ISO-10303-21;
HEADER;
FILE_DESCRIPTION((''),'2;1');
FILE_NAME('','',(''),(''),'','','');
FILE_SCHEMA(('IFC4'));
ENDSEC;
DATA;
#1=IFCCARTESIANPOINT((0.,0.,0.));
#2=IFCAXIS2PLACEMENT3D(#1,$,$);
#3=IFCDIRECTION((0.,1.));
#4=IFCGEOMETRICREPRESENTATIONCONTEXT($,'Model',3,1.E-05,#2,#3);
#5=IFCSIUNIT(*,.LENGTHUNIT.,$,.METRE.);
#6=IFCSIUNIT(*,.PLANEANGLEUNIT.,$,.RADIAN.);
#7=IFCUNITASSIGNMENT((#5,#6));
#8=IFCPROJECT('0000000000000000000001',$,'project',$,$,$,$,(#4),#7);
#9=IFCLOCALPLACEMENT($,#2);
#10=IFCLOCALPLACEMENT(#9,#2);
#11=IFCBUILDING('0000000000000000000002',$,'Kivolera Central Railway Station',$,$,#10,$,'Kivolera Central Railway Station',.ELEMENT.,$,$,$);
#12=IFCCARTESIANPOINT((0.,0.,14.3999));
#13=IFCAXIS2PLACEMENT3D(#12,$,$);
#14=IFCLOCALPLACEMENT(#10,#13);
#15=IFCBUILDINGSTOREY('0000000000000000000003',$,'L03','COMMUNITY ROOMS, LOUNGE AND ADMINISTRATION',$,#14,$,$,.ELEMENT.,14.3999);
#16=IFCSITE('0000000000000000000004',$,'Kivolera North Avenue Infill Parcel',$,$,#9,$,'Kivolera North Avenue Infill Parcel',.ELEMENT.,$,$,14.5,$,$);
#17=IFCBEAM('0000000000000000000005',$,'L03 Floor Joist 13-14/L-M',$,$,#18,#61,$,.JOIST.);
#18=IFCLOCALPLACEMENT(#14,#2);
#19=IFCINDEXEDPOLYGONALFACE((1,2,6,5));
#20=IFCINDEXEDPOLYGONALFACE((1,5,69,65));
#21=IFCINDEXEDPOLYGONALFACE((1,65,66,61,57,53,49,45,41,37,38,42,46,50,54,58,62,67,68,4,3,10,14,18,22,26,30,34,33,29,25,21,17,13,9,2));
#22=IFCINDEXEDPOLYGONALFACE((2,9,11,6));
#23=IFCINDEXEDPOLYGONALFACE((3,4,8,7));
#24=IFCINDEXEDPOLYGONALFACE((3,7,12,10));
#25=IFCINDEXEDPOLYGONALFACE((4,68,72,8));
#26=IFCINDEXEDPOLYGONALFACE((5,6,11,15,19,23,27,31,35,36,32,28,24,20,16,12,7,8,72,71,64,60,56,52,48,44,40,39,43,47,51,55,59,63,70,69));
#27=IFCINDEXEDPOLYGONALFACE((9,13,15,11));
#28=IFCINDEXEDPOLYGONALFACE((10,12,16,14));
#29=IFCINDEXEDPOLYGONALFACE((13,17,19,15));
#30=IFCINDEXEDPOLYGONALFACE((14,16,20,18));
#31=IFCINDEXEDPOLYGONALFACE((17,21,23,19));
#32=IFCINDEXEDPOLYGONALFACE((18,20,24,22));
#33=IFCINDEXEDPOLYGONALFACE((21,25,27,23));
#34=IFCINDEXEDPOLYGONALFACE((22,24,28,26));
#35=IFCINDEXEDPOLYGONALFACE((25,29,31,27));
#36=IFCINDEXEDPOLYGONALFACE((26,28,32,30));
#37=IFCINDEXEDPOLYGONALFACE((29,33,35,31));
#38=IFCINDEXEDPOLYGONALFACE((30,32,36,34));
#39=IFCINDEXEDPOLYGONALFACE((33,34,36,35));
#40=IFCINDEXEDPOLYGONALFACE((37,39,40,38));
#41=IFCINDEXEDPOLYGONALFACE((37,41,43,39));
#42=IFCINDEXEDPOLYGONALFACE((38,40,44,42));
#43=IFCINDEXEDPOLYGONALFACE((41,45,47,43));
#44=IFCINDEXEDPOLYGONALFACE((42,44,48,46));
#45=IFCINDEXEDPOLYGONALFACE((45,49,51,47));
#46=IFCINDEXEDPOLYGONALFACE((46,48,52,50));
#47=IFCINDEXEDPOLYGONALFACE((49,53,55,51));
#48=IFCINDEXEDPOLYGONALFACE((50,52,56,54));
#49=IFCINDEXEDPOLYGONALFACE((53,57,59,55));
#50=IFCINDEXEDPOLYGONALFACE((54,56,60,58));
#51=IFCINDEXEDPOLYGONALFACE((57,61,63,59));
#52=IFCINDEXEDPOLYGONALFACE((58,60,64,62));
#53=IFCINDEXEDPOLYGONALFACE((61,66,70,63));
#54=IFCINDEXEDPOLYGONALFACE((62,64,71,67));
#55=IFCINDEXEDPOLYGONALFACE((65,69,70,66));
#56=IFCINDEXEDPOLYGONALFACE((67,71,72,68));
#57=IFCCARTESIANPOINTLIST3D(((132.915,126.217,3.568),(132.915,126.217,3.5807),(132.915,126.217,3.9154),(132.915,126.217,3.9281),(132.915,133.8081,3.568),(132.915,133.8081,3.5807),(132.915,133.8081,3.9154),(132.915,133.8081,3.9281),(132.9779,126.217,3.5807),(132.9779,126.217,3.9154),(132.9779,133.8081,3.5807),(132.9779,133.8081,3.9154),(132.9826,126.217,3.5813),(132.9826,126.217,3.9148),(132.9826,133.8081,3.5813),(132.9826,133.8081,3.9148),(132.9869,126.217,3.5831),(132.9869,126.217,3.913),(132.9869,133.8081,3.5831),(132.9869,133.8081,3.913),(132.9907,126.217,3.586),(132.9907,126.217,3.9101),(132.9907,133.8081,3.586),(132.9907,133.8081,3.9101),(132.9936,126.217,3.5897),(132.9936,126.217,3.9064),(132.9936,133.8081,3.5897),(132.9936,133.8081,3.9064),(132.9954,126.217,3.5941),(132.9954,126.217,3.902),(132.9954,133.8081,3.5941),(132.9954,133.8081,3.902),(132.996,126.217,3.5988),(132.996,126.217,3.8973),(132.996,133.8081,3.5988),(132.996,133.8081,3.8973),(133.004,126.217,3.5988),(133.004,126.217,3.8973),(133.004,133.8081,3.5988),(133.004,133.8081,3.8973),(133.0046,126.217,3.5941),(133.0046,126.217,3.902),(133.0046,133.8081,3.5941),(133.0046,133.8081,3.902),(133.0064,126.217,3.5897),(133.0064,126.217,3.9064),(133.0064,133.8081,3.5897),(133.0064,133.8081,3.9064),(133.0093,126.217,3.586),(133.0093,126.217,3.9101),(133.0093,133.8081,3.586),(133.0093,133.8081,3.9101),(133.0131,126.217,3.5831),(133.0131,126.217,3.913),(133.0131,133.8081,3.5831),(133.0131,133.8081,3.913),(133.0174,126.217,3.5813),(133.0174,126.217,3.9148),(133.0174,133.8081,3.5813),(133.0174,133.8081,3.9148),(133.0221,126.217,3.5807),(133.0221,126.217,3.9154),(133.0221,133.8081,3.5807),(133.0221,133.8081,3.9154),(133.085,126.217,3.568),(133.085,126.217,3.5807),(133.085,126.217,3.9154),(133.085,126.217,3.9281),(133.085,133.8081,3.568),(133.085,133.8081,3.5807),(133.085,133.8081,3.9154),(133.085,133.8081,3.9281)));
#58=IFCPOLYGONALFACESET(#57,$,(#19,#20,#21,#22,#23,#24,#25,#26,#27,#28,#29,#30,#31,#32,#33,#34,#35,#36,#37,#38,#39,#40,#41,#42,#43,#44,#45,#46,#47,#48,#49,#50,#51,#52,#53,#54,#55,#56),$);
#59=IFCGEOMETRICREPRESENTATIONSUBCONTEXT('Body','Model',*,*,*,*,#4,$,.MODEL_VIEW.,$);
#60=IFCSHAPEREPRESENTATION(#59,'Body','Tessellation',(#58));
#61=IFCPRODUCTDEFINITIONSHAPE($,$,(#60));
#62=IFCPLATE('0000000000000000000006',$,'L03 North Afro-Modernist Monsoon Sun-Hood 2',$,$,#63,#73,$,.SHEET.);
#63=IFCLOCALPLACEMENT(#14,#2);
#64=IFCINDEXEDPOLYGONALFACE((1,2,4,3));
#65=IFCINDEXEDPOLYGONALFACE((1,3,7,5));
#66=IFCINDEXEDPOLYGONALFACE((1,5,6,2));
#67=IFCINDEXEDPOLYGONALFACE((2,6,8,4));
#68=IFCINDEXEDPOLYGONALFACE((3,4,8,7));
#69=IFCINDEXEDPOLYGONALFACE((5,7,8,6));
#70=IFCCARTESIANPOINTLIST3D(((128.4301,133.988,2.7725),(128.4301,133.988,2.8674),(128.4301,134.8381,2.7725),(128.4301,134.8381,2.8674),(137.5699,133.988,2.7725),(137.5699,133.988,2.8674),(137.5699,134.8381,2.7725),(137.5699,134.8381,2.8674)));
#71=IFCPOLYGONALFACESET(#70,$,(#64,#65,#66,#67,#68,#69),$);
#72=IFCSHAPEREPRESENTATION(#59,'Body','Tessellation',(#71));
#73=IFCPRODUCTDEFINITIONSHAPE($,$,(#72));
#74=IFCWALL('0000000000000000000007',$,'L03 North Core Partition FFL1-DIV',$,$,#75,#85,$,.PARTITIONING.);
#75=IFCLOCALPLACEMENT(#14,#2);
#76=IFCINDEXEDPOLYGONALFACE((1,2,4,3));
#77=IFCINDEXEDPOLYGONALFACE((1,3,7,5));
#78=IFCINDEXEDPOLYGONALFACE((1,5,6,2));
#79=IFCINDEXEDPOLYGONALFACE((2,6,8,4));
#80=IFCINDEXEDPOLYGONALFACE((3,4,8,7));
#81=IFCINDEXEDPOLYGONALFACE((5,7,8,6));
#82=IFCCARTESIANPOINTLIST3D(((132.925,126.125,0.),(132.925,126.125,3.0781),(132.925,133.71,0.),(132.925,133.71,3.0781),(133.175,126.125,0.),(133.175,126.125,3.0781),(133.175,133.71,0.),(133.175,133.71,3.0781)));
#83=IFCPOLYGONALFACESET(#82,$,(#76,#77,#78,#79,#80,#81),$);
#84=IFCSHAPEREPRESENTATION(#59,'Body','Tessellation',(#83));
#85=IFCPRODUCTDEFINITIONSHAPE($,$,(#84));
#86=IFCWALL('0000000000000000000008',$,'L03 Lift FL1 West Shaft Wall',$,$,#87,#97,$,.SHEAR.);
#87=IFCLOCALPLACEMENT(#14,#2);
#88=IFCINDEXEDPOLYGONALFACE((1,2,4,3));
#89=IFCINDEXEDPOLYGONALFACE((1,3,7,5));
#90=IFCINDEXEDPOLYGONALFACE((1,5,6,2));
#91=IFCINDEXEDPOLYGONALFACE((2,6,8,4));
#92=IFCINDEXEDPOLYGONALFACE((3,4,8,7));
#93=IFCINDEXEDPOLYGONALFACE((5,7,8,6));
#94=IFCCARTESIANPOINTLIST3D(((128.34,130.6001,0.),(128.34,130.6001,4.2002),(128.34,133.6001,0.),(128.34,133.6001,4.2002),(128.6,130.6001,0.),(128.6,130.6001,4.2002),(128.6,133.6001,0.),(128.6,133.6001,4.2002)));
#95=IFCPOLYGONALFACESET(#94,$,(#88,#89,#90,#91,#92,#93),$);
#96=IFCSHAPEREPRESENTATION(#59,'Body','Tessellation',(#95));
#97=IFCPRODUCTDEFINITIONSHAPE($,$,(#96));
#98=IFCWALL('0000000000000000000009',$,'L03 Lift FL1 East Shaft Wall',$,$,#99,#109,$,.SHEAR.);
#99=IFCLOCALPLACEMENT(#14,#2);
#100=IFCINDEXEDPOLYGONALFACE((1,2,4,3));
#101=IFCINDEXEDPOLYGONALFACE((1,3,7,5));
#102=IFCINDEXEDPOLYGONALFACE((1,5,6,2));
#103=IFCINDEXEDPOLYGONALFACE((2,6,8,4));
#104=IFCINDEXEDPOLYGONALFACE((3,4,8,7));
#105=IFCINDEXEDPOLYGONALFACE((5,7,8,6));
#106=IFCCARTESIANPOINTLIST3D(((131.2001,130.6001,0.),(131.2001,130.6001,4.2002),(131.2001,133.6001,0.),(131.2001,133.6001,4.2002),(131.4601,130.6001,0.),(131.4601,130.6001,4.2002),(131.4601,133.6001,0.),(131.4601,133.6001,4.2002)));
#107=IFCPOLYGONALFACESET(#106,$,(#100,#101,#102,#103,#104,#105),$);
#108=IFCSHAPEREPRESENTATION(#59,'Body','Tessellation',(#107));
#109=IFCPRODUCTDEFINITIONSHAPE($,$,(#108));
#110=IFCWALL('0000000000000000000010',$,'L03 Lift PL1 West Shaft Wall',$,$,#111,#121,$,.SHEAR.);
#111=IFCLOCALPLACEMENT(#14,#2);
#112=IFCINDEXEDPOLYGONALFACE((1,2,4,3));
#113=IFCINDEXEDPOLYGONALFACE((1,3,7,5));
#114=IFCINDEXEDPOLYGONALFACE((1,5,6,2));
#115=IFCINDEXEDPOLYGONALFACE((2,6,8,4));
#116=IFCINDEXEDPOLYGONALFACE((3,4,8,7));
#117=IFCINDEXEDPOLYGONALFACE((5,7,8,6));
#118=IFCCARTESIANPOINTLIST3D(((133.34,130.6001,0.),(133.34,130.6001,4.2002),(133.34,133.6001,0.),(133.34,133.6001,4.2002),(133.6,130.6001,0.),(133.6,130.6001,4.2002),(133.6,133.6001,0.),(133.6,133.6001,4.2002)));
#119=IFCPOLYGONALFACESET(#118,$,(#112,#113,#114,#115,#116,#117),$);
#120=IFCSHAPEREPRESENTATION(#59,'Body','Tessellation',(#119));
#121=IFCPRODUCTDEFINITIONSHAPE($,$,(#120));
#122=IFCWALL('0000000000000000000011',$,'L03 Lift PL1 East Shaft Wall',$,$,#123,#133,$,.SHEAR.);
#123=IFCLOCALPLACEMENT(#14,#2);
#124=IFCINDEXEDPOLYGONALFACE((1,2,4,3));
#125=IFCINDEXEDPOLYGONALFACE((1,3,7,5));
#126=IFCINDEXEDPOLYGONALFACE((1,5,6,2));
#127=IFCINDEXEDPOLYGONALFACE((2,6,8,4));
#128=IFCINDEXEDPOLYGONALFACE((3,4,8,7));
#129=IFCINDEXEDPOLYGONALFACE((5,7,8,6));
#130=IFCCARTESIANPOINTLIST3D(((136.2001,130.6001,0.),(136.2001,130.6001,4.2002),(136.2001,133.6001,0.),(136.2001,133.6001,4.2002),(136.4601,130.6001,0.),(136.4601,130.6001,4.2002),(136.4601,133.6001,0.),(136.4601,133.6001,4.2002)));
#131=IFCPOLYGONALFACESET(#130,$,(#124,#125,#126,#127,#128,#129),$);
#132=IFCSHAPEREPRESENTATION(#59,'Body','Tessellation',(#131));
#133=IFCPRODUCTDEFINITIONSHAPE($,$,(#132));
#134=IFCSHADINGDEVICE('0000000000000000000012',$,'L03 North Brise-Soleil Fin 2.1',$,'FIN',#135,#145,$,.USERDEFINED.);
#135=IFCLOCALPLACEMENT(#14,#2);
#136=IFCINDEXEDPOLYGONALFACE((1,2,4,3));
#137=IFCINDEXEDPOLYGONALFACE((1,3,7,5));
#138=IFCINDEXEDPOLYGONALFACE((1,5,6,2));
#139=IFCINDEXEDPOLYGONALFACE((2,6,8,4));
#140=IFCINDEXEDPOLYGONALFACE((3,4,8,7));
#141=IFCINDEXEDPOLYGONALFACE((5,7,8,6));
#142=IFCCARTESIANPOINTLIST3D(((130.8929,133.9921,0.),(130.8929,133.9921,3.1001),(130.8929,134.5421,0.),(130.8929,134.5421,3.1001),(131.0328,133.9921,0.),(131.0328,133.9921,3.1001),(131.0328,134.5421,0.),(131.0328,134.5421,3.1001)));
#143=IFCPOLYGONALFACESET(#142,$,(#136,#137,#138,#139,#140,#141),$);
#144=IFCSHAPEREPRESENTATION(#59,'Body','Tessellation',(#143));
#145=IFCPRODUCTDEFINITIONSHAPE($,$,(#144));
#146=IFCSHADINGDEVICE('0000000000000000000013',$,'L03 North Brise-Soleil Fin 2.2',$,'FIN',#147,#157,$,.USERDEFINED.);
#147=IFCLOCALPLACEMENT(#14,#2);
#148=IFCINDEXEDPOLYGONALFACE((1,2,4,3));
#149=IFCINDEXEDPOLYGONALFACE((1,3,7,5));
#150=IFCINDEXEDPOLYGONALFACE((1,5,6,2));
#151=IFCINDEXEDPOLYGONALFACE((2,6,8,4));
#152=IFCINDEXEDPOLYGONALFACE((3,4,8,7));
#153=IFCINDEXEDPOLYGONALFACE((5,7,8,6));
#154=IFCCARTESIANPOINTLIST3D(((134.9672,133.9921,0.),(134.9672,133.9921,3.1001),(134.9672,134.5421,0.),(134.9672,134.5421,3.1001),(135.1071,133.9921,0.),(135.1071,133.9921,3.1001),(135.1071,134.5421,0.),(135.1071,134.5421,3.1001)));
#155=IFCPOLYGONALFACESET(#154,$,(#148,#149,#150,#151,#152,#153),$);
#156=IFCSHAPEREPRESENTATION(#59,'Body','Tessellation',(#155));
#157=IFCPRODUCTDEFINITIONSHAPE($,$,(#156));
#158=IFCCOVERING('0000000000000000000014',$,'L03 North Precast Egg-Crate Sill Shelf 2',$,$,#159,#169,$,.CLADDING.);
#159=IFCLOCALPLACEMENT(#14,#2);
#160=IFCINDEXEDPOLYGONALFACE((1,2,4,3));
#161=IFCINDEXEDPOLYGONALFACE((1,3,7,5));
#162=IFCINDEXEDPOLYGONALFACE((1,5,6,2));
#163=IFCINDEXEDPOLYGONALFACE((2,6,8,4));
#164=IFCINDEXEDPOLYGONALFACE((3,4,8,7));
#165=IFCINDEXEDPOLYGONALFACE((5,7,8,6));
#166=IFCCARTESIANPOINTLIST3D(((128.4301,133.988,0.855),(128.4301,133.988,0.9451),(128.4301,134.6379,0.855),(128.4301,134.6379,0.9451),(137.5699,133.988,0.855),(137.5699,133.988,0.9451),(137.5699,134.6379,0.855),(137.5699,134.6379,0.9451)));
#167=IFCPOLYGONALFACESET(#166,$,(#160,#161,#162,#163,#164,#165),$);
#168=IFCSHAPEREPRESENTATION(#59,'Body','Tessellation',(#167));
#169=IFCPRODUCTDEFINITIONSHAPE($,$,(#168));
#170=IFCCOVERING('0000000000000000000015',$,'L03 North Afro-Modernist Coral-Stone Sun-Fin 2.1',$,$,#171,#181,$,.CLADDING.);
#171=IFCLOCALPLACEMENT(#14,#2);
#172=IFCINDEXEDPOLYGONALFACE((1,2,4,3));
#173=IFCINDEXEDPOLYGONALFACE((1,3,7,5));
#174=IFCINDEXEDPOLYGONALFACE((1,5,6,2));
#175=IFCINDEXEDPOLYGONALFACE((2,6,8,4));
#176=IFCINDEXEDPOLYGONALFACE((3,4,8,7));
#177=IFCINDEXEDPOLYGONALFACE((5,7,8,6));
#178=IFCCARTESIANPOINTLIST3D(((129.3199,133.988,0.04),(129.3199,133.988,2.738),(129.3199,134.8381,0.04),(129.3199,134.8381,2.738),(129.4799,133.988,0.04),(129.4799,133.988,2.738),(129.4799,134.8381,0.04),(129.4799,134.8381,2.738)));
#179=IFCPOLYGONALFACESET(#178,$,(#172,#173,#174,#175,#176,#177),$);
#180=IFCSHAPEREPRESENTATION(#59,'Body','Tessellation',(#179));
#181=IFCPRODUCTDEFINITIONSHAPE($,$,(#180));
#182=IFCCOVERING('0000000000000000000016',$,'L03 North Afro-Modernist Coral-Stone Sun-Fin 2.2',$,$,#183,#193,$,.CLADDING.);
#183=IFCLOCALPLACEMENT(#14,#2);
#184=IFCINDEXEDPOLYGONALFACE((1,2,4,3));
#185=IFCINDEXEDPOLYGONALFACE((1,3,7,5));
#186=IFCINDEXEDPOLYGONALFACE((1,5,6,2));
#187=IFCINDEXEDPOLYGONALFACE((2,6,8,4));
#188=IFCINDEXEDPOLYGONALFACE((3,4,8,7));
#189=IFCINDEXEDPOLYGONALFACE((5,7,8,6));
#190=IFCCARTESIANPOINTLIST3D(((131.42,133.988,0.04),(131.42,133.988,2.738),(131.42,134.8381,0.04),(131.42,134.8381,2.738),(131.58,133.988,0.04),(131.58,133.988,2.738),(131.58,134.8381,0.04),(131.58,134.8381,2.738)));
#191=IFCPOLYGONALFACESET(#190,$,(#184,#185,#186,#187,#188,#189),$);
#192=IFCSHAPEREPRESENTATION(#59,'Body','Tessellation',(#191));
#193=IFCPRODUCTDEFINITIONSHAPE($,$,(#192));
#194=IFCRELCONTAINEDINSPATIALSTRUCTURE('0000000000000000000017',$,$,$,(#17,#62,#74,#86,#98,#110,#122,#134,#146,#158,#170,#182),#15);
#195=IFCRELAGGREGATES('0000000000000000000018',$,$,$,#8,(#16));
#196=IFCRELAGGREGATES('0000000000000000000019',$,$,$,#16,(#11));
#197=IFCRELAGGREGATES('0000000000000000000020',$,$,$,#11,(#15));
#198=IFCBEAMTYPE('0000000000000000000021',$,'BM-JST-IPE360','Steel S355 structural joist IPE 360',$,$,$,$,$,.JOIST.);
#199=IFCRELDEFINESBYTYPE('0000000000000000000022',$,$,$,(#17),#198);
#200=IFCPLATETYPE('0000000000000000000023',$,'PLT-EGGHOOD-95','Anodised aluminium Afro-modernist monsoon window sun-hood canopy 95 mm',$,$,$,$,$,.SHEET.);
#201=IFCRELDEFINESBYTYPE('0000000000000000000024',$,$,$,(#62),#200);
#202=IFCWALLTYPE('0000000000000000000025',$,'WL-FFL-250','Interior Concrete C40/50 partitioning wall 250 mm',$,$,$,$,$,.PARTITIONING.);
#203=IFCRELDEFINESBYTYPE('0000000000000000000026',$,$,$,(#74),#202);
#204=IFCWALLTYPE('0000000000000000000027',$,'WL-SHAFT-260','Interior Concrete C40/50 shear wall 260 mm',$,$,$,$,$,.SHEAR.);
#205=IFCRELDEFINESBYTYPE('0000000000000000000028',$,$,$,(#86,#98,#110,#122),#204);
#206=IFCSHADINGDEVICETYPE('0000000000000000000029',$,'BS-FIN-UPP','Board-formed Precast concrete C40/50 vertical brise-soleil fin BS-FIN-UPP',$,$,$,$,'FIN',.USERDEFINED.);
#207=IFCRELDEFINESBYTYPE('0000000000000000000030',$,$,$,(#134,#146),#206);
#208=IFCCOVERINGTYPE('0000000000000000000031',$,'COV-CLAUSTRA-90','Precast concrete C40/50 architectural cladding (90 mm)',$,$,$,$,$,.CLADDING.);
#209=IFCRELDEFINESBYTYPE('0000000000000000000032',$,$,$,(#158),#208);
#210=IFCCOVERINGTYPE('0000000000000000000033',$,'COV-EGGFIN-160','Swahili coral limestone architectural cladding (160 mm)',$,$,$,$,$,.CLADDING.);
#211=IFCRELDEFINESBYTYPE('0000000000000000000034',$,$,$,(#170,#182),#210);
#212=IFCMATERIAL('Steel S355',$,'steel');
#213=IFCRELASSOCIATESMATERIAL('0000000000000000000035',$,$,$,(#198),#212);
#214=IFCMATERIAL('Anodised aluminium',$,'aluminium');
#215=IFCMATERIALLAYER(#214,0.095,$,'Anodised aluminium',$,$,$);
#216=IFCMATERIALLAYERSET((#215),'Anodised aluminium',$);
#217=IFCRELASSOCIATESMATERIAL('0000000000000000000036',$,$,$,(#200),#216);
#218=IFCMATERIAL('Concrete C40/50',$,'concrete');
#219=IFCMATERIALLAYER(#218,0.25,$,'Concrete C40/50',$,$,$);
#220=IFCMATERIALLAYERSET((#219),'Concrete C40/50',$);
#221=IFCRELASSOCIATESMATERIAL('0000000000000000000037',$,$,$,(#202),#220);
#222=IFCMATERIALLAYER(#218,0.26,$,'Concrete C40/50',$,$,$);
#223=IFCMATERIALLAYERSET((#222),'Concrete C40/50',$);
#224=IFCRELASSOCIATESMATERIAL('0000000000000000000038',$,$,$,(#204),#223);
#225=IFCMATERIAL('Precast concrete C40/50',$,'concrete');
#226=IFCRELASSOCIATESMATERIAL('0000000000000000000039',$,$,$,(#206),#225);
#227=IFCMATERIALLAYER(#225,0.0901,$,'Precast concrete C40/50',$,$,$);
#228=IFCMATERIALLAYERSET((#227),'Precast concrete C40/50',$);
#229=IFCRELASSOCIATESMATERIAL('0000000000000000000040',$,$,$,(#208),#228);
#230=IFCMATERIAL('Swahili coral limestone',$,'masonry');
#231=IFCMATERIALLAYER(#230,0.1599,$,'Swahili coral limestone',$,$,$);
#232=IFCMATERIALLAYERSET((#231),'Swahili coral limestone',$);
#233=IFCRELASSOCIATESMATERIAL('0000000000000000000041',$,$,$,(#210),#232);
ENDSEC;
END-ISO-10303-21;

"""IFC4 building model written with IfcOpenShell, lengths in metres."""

from ifc_helpers import new_model, si_unit, direction, frame, frame_2d, origin, origin_2d, place, context, subcontext, project, spatial, rectangle, i_section, extrude, material, layer, layer_set, material_profile, profile_set, type_object, element, save


model = new_model("IFC4")

# Units and contexts
model_context = context("Model", 3, precision=1e-05, world=origin(), true_north=direction((0.0, 1.0)))
body_context = subcontext(model_context, "Body", "Model", "MODEL_VIEW")
ifc_project = project(units=[si_unit("LENGTHUNIT", "METRE"), si_unit("PLANEANGLEUNIT", "RADIAN")], contexts=[model_context])

# Site, building, storey
site_placement = place(None, origin())
site = spatial("IfcSite", under=ifc_project, at=site_placement, Name="Kivolera North Avenue Infill Parcel", LongName="Kivolera North Avenue Infill Parcel", CompositionType="ELEMENT", RefElevation=14.5)
building_placement = place(site_placement, origin())
building = spatial("IfcBuilding", under=site, at=building_placement, Name="Kivolera Central Railway Station", LongName="Kivolera Central Railway Station", CompositionType="ELEMENT")
storey_placement = place(building_placement, frame((0.0, 0.0, 14.3999)))
storey = spatial("IfcBuildingStorey", under=building, at=storey_placement, Name="L03", Description="COMMUNITY ROOMS, LOUNGE AND ADMINISTRATION", CompositionType="ELEMENT", Elevation=14.3999)

# Beam
ifc_material_1 = material(Name="Steel S355", Category="steel")
ifc_material_profile = material_profile(ifc_material_1, i_section(OverallWidth=0.1699, OverallDepth=0.3601, WebThickness=0.0081, FlangeThickness=0.0127, FilletRadius=0.0181, at=origin_2d()), Name="IPE 360")
ifc_profile_set = profile_set([ifc_material_profile], Name="Steel S355")
beam_type = type_object("IfcBeamType", Name="BM-JST-IPE360", Description="Steel S355 structural joist IPE 360", PredefinedType="JOIST", material=ifc_profile_set)
beam_placement = place(storey_placement, frame((133.0, 126.217, 3.748), z_axis=(0.0, 1.0, 0.0), x_axis=(-1.0, 0.0, 0.0)))
element("IfcBeam", 1, at=beam_placement, inside=storey, type_object=beam_type, Name="L03 Floor Joist 13-14/L-M", PredefinedType="JOIST", context=body_context, shape_type="SweptSolid", body=[
    extrude(i_section(OverallWidth=0.1699, OverallDepth=0.3601, WebThickness=0.0081, FlangeThickness=0.0127, FilletRadius=0.0181, at=origin_2d()), origin(), (0.0, 0.0, 1.0), 7.5911),
])

# Plate
ifc_material_2 = material(Name="Anodised aluminium", Category="aluminium")
ifc_layer_1 = layer(ifc_material_2, 0.095, Name="Anodised aluminium")
ifc_layer_set_1 = layer_set([ifc_layer_1], Name="Anodised aluminium")
plate_type = type_object("IfcPlateType", Name="PLT-EGGHOOD-95", Description="Anodised aluminium Afro-modernist monsoon window sun-hood canopy 95 mm", PredefinedType="SHEET", material=ifc_layer_set_1)
plate_placement = place(storey_placement, frame((133.0, 134.4131, 2.7725), z_axis=(0.0, 0.0, 1.0), x_axis=(1.0, 0.0, 0.0)))
element("IfcPlate", 2, at=plate_placement, inside=storey, type_object=plate_type, Name="L03 North Afro-Modernist Monsoon Sun-Hood 2", PredefinedType="SHEET", context=body_context, shape_type="SweptSolid", body=[
    extrude(rectangle(XDim=9.1399, YDim=0.8501, at=origin_2d()), origin(), (0.0, 0.0, 1.0), 0.095),
])

# Shared definitions
ifc_material_3 = material(Name="Concrete C40/50", Category="concrete")
ifc_layer_2 = layer(ifc_material_3, 0.25, Name="Concrete C40/50")
ifc_layer_set_2 = layer_set([ifc_layer_2], Name="Concrete C40/50")
wall_type_1 = type_object("IfcWallType", Name="WL-FFL-250", Description="Interior Concrete C40/50 partitioning wall 250 mm", PredefinedType="PARTITIONING", material=ifc_layer_set_2)

# Walls
wall_1_placement = place(storey_placement, frame((133.05, 126.125, 0.0), z_axis=(0.0, 0.0, 1.0), x_axis=(0.0, 1.0, 0.0)))
element("IfcWall", 3, at=wall_1_placement, inside=storey, type_object=wall_type_1, Name="L03 North Core Partition FFL1-DIV", PredefinedType="PARTITIONING", context=body_context, shape_type="SweptSolid", body=[
    extrude(rectangle(XDim=7.585, YDim=0.25, at=frame_2d((3.7925, 0.0))), origin(), (0.0, 0.0, 1.0), 3.0781),
])
ifc_layer_3 = layer(ifc_material_3, 0.26, Name="Concrete C40/50")
ifc_layer_set_3 = layer_set([ifc_layer_3], Name="Concrete C40/50")
wall_type_2 = type_object("IfcWallType", Name="WL-SHAFT-260", Description="Interior Concrete C40/50 shear wall 260 mm", PredefinedType="SHEAR", material=ifc_layer_set_3)
for number, where, z_axis, x_axis, name in (
    (4, (128.47, 130.6001, 0.0), (0.0, 0.0, 1.0), (0.0, 1.0, 0.0), "L03 Lift FL1 West Shaft Wall"),
    (5, (131.3301, 130.6001, 0.0), (0.0, 0.0, 1.0), (0.0, 1.0, 0.0), "L03 Lift FL1 East Shaft Wall"),
):
    element("IfcWall", number, at=place(storey_placement, frame(where, z_axis=z_axis, x_axis=x_axis)), inside=storey, type_object=wall_type_2, Name=name, PredefinedType="SHEAR", context=body_context, shape_type="SweptSolid", body=[
        extrude(rectangle(XDim=3.0, YDim=0.26, at=frame_2d((1.5, 0.0))), origin(), (0.0, 0.0, 1.0), 4.2002),
    ])

# Walls
for number, where, z_axis, x_axis, name in (
    (6, (133.47, 130.6001, 0.0), (0.0, 0.0, 1.0), (0.0, 1.0, 0.0), "L03 Lift PL1 West Shaft Wall"),
    (7, (136.3301, 130.6001, 0.0), (0.0, 0.0, 1.0), (0.0, 1.0, 0.0), "L03 Lift PL1 East Shaft Wall"),
):
    element("IfcWall", number, at=place(storey_placement, frame(where, z_axis=z_axis, x_axis=x_axis)), inside=storey, type_object=wall_type_2, Name=name, PredefinedType="SHEAR", context=body_context, shape_type="SweptSolid", body=[
        extrude(rectangle(XDim=3.0, YDim=0.26, at=frame_2d((1.5, 0.0))), origin(), (0.0, 0.0, 1.0), 4.2002),
    ])

# Shading devices
ifc_material_4 = material(Name="Precast concrete C40/50", Category="concrete")
shading_device_type = type_object("IfcShadingDeviceType", Name="BS-FIN-UPP", Description="Board-formed Precast concrete C40/50 vertical brise-soleil fin BS-FIN-UPP", ElementType="FIN", PredefinedType="USERDEFINED", material=ifc_material_4)
for number, where, z_axis, x_axis, name in (
    (8, (130.9629, 134.2671, 0.0), (0.0, 0.0, 1.0), (1.0, 0.0, 0.0), "L03 North Brise-Soleil Fin 2.1"),
    (9, (135.0371, 134.2671, 0.0), (0.0, 0.0, 1.0), (1.0, 0.0, 0.0), "L03 North Brise-Soleil Fin 2.2"),
):
    element("IfcShadingDevice", number, at=place(storey_placement, frame(where, z_axis=z_axis, x_axis=x_axis)), inside=storey, type_object=shading_device_type, Name=name, ObjectType="FIN", PredefinedType="USERDEFINED", context=body_context, shape_type="SweptSolid", body=[
        extrude(rectangle(XDim=0.1399, YDim=0.55, at=origin_2d()), origin(), (0.0, 0.0, 1.0), 3.1001),
    ])

# Coverings
ifc_layer_4 = layer(ifc_material_4, 0.0901, Name="Precast concrete C40/50")
ifc_layer_set_4 = layer_set([ifc_layer_4], Name="Precast concrete C40/50")
covering_type_1 = type_object("IfcCoveringType", Name="COV-CLAUSTRA-90", Description="Precast concrete C40/50 architectural cladding (90 mm)", PredefinedType="CLADDING", material=ifc_layer_set_4)
covering_placement = place(storey_placement, frame((133.0, 134.313, 0.855), z_axis=(0.0, 0.0, 1.0), x_axis=(1.0, 0.0, 0.0)))
element("IfcCovering", 10, at=covering_placement, inside=storey, type_object=covering_type_1, Name="L03 North Precast Egg-Crate Sill Shelf 2", PredefinedType="CLADDING", context=body_context, shape_type="SweptSolid", body=[
    extrude(rectangle(XDim=9.1399, YDim=0.6499, at=origin_2d()), origin(), (0.0, 0.0, 1.0), 0.0901),
])
ifc_material_5 = material(Name="Swahili coral limestone", Category="masonry")
ifc_layer_5 = layer(ifc_material_5, 0.1599, Name="Swahili coral limestone")
ifc_layer_set_5 = layer_set([ifc_layer_5], Name="Swahili coral limestone")
covering_type_2 = type_object("IfcCoveringType", Name="COV-EGGFIN-160", Description="Swahili coral limestone architectural cladding (160 mm)", PredefinedType="CLADDING", material=ifc_layer_set_5)
for number, where, z_axis, x_axis, name in (
    (11, (129.3999, 134.4131, 0.04), (0.0, 0.0, 1.0), (1.0, 0.0, 0.0), "L03 North Afro-Modernist Coral-Stone Sun-Fin 2.1"),
    (12, (131.5, 134.4131, 0.04), (0.0, 0.0, 1.0), (1.0, 0.0, 0.0), "L03 North Afro-Modernist Coral-Stone Sun-Fin 2.2"),
):
    element("IfcCovering", number, at=place(storey_placement, frame(where, z_axis=z_axis, x_axis=x_axis)), inside=storey, type_object=covering_type_2, Name=name, PredefinedType="CLADDING", context=body_context, shape_type="SweptSolid", body=[
        extrude(rectangle(XDim=0.1599, YDim=0.8501, at=origin_2d()), origin(), (0.0, 0.0, 1.0), 2.698),
    ])

save(model, "model.ifc")
